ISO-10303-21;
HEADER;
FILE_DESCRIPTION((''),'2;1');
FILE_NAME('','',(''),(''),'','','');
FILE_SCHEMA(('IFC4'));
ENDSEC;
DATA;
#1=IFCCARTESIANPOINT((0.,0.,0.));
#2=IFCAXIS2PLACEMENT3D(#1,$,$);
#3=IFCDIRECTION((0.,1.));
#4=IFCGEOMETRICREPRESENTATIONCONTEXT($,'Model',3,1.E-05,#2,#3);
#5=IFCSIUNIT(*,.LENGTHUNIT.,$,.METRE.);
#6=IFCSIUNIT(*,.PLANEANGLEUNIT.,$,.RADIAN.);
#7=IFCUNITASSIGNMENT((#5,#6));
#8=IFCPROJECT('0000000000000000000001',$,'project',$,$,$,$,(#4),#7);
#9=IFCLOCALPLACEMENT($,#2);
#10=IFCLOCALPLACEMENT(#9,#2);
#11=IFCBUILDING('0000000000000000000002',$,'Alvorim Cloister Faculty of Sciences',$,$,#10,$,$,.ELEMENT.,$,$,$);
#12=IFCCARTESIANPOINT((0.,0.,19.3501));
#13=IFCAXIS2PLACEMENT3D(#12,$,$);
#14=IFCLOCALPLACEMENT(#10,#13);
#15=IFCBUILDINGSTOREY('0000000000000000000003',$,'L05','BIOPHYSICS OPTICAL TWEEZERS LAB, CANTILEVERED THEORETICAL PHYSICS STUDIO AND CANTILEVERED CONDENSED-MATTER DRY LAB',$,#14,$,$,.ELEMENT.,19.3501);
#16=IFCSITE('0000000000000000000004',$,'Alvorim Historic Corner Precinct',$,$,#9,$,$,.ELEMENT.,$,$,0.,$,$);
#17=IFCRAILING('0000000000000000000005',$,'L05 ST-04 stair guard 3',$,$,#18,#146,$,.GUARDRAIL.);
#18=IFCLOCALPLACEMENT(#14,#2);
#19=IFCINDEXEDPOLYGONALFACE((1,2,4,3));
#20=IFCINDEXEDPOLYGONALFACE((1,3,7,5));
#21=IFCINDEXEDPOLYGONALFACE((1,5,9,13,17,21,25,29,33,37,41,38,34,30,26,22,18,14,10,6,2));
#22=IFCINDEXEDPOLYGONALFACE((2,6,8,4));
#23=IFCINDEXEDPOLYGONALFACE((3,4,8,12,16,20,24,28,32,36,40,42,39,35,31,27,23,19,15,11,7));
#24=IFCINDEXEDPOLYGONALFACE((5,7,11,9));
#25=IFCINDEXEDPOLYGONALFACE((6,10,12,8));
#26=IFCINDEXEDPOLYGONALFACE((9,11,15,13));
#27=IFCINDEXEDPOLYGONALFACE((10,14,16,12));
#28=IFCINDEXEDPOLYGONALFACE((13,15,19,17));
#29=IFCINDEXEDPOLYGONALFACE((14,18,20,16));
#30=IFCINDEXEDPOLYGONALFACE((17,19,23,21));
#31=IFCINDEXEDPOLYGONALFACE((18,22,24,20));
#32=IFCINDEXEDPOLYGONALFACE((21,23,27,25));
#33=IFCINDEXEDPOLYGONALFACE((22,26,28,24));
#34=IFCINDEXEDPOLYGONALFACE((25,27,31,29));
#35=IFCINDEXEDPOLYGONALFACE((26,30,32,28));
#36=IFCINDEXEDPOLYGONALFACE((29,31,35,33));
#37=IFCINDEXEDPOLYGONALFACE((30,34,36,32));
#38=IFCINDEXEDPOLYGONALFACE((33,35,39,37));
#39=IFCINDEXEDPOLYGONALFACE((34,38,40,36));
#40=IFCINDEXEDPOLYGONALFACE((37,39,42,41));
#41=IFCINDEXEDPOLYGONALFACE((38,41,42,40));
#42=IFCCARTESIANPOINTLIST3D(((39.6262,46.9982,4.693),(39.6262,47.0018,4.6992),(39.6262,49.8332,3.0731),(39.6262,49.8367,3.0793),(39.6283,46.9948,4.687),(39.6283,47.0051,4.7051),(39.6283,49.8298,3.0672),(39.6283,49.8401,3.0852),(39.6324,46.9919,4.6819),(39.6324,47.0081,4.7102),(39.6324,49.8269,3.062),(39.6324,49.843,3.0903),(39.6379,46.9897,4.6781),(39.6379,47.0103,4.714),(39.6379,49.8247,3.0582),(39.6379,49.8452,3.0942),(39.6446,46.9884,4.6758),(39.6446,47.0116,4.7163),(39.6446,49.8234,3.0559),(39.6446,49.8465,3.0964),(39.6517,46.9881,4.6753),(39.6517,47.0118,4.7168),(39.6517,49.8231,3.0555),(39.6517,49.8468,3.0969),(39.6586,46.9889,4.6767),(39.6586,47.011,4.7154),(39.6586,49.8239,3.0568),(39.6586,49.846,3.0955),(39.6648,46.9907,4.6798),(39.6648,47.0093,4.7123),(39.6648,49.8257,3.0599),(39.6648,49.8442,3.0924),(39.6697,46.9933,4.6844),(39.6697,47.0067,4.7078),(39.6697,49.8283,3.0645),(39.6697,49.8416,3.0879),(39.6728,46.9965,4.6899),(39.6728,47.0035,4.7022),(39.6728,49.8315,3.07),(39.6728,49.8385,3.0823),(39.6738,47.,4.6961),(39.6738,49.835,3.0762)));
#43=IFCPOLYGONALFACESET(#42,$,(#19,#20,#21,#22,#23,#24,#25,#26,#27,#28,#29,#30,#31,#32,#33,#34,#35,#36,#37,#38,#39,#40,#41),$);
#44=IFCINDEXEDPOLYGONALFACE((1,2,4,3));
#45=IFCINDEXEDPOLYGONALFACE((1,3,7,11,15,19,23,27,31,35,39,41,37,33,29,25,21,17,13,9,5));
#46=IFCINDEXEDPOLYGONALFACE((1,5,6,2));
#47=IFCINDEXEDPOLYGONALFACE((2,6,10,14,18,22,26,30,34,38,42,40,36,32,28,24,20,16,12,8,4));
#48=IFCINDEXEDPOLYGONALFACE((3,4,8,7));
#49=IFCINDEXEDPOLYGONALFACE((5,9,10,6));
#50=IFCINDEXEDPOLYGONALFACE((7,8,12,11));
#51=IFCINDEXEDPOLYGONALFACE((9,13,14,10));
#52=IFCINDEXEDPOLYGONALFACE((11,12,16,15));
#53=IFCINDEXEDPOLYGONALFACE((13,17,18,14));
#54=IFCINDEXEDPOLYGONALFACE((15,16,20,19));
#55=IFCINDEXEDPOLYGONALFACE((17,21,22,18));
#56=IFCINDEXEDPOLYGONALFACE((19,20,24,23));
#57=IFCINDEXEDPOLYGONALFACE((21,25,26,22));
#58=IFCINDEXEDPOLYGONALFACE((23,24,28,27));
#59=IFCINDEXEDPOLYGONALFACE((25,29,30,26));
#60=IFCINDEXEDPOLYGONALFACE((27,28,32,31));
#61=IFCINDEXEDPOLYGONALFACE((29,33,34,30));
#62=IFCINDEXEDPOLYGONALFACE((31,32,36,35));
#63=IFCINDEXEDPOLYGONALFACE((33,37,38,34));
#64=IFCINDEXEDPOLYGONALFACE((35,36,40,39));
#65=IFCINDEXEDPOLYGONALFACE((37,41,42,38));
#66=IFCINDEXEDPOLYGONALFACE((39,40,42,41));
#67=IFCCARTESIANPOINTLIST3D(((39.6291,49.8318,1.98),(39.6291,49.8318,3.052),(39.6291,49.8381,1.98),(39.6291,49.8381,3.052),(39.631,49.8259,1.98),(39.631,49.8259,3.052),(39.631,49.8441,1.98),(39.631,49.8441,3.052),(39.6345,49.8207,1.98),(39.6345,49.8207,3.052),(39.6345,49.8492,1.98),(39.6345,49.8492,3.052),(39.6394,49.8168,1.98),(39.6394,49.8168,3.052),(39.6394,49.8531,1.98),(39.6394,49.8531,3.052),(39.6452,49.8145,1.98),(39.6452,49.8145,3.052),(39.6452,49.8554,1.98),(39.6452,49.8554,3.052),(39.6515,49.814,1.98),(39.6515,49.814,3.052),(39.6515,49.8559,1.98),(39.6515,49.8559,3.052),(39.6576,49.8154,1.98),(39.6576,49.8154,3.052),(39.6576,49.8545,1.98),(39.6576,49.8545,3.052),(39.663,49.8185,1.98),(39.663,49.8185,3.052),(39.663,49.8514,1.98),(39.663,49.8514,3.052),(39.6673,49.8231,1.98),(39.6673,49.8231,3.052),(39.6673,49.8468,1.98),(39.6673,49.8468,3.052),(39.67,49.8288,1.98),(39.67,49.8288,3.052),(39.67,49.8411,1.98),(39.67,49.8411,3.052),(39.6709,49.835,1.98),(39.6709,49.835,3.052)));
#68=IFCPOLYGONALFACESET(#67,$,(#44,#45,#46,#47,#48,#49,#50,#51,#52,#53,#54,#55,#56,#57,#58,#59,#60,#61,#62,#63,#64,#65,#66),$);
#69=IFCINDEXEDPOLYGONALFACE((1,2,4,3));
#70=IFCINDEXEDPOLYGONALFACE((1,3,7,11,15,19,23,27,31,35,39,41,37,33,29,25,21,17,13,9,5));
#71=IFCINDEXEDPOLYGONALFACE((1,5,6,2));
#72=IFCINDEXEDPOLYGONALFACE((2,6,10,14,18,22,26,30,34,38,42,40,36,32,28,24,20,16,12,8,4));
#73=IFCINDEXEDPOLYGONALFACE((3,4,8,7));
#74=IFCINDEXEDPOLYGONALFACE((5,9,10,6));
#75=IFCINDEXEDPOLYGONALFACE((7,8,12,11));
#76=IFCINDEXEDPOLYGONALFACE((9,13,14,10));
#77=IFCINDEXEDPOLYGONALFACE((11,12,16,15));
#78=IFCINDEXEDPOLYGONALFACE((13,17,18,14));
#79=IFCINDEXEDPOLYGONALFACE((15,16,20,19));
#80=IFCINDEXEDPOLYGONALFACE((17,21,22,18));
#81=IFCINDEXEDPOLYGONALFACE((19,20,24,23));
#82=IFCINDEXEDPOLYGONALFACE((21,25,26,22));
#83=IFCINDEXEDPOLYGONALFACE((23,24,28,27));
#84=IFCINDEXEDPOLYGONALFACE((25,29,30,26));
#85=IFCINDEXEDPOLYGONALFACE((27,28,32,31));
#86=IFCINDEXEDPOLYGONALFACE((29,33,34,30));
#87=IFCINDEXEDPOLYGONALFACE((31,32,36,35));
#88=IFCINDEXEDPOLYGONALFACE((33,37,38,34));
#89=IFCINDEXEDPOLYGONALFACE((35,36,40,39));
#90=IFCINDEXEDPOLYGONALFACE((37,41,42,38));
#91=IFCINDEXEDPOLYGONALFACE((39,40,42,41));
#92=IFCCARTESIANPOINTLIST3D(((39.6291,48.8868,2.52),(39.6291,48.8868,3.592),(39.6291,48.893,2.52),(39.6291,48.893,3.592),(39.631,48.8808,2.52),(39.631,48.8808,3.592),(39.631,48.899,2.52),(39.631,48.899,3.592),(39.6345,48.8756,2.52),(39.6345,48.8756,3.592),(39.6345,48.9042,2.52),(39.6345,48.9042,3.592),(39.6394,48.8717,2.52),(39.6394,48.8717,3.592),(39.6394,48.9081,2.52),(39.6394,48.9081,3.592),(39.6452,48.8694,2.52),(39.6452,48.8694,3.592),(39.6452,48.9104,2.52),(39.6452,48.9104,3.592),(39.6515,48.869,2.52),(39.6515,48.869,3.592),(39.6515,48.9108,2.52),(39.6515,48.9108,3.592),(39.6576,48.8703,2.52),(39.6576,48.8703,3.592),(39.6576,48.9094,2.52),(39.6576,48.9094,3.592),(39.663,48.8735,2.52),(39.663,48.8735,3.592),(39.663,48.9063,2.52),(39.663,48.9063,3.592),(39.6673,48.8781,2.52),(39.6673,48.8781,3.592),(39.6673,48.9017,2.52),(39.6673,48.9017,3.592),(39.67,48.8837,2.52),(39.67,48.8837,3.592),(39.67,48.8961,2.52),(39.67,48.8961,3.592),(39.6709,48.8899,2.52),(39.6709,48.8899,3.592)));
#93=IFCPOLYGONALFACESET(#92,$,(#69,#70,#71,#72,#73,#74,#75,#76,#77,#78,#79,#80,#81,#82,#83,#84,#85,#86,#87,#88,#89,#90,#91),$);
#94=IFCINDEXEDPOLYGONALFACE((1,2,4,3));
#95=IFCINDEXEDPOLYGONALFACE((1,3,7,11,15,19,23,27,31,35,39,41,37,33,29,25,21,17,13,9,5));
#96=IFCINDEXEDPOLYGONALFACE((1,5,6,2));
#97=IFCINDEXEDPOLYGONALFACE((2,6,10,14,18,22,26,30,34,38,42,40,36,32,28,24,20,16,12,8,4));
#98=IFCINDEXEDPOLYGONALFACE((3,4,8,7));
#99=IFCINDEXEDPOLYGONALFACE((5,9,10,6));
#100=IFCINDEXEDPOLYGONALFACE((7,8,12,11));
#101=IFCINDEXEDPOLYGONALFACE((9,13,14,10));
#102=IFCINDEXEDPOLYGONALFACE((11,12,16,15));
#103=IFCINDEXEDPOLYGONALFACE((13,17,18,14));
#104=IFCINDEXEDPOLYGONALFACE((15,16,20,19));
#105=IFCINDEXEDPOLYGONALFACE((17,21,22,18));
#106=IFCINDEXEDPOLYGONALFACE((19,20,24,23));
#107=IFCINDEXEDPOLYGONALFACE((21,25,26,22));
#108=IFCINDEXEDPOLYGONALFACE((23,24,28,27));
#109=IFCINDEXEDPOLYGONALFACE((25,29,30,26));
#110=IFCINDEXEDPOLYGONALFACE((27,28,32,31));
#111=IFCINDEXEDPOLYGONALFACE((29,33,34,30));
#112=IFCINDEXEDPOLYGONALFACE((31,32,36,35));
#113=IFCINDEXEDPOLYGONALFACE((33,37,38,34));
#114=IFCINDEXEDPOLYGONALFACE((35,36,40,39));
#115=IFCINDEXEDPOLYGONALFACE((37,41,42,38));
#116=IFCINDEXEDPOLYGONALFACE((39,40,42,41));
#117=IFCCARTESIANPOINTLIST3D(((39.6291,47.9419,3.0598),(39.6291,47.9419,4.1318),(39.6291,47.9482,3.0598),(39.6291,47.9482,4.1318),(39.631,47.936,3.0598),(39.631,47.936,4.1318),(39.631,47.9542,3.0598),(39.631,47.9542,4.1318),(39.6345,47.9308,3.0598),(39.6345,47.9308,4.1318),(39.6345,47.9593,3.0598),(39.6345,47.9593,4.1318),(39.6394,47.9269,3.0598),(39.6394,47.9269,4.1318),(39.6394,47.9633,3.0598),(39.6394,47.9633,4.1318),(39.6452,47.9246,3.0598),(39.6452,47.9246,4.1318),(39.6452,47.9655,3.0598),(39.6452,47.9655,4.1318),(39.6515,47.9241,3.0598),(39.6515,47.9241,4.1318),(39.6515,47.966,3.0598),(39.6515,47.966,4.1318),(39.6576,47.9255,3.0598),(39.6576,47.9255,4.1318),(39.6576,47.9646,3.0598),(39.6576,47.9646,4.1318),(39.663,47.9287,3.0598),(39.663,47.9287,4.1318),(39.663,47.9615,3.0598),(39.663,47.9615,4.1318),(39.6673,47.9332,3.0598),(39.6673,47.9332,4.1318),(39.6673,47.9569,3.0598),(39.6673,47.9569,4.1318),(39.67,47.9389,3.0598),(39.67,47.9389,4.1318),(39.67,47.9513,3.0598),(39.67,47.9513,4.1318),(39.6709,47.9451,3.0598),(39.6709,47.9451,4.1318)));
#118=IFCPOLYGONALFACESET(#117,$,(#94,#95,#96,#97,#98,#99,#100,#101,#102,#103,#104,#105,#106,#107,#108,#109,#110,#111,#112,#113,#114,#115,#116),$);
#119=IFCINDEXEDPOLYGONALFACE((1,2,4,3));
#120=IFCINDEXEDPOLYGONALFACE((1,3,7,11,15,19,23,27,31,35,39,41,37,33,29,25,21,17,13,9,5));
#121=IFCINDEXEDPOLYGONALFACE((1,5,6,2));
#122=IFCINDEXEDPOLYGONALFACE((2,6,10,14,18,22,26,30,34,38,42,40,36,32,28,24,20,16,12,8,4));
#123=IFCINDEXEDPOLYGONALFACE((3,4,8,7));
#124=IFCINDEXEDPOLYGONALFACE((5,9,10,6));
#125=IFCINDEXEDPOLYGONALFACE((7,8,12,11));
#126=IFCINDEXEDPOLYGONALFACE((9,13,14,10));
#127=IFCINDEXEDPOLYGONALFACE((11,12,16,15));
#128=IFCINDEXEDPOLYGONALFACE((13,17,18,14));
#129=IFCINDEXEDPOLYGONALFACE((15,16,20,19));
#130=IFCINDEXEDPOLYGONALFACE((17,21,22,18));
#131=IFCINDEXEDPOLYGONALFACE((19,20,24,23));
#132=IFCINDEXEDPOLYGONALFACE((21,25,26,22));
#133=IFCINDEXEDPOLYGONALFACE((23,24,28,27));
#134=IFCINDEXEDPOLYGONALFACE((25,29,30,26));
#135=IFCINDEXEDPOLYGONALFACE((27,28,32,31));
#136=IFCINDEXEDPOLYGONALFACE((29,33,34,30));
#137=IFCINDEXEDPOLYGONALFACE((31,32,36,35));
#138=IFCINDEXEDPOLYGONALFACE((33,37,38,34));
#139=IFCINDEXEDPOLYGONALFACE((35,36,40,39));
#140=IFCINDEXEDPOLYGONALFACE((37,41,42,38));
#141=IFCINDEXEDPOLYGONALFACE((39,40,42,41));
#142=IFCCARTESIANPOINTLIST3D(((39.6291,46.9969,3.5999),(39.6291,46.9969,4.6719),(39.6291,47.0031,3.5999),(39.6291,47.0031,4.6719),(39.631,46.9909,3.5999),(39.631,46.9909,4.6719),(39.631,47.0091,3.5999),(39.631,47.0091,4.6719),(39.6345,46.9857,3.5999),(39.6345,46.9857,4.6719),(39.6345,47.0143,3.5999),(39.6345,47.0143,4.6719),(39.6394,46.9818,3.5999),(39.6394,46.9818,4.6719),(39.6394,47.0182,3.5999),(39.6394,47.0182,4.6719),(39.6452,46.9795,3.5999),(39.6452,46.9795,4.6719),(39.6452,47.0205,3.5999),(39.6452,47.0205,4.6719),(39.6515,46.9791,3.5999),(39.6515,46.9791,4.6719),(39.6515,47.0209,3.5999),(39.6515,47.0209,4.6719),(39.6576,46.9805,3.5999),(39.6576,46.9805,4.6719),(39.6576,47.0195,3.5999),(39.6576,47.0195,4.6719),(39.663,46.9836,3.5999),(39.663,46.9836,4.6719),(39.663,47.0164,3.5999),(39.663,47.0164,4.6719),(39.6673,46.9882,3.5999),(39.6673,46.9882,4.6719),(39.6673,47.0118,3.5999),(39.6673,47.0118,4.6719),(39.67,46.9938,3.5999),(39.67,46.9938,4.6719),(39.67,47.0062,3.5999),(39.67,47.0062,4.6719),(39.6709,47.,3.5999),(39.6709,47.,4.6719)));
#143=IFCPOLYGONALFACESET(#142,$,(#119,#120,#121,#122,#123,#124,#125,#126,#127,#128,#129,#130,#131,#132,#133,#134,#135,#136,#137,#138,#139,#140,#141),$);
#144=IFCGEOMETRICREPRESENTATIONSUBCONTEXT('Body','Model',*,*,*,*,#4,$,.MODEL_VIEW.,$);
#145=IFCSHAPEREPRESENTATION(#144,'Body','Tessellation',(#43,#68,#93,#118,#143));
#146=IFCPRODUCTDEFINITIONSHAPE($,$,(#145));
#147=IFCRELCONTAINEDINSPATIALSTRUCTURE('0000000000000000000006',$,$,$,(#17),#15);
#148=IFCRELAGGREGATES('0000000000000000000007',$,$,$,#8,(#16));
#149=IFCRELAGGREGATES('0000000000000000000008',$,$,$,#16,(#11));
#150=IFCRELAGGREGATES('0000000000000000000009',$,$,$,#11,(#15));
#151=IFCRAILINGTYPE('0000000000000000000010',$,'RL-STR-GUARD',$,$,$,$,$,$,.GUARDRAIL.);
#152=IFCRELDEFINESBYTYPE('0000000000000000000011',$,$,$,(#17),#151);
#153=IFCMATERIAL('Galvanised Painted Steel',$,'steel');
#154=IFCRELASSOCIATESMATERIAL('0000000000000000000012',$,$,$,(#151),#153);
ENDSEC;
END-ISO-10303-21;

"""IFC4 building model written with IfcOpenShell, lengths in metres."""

from ifc_helpers import new_model, si_unit, direction, frame, origin, origin_2d, place, context, subcontext, project, spatial, circle, extrude, material, type_object, element, save


model = new_model("IFC4")

# Units and contexts
model_context = context("Model", 3, precision=1e-05, world=origin(), true_north=direction((0.0, 1.0)))
body_context = subcontext(model_context, "Body", "Model", "MODEL_VIEW")
ifc_project = project(units=[si_unit("LENGTHUNIT", "METRE"), si_unit("PLANEANGLEUNIT", "RADIAN")], contexts=[model_context])

# Site, building, storey
site_placement = place(None, origin())
site = spatial("IfcSite", under=ifc_project, at=site_placement, Name="Alvorim Historic Corner Precinct", CompositionType="ELEMENT", RefElevation=0.0)
building_placement = place(site_placement, origin())
building = spatial("IfcBuilding", under=site, at=building_placement, Name="Alvorim Cloister Faculty of Sciences", CompositionType="ELEMENT")
storey_placement = place(building_placement, frame((0.0, 0.0, 19.3501)))
storey = spatial("IfcBuildingStorey", under=building, at=storey_placement, Name="L05", Description="BIOPHYSICS OPTICAL TWEEZERS LAB, CANTILEVERED THEORETICAL PHYSICS STUDIO AND CANTILEVERED CONDENSED-MATTER DRY LAB", CompositionType="ELEMENT", Elevation=19.3501)

# Railing
ifc_material_1 = material(Name="Galvanised Painted Steel", Category="steel")
railing_type_1 = type_object("IfcRailingType", Name="RL-STR-GUARD", PredefinedType="GUARDRAIL", material=ifc_material_1)
railing_1_placement = place(storey_placement, frame((39.6499, 49.835, 1.98)))
element("IfcRailing", 1, at=railing_1_placement, inside=storey, type_object=railing_type_1, Name="L05 ST-04 stair guard 3", PredefinedType="GUARDRAIL", context=body_context, shape_type="SweptSolid", body=[
    extrude(circle(Radius=0.0239, at=origin_2d()), frame((0.0, 0.0, 1.0962), z_axis=(0.0, -0.868257, 0.496115), x_axis=(1.0, 0.0, 0.0)), (0.0, 0.0, 1.0), 3.2651),
    extrude(circle(Radius=0.021, at=origin_2d()), origin(), (0.0, 0.0, 1.0), 1.072),
    extrude(circle(Radius=0.021, at=origin_2d()), frame((0.0, -0.9451, 0.54)), (0.0, 0.0, 1.0), 1.072),
    extrude(circle(Radius=0.021, at=origin_2d()), frame((0.0, -1.8899, 1.0798)), (0.0, 0.0, 1.0), 1.072),
    extrude(circle(Radius=0.021, at=origin_2d()), frame((0.0, -2.835, 1.6199)), (0.0, 0.0, 1.0), 1.072),
])

save(model, "model.ifc")
